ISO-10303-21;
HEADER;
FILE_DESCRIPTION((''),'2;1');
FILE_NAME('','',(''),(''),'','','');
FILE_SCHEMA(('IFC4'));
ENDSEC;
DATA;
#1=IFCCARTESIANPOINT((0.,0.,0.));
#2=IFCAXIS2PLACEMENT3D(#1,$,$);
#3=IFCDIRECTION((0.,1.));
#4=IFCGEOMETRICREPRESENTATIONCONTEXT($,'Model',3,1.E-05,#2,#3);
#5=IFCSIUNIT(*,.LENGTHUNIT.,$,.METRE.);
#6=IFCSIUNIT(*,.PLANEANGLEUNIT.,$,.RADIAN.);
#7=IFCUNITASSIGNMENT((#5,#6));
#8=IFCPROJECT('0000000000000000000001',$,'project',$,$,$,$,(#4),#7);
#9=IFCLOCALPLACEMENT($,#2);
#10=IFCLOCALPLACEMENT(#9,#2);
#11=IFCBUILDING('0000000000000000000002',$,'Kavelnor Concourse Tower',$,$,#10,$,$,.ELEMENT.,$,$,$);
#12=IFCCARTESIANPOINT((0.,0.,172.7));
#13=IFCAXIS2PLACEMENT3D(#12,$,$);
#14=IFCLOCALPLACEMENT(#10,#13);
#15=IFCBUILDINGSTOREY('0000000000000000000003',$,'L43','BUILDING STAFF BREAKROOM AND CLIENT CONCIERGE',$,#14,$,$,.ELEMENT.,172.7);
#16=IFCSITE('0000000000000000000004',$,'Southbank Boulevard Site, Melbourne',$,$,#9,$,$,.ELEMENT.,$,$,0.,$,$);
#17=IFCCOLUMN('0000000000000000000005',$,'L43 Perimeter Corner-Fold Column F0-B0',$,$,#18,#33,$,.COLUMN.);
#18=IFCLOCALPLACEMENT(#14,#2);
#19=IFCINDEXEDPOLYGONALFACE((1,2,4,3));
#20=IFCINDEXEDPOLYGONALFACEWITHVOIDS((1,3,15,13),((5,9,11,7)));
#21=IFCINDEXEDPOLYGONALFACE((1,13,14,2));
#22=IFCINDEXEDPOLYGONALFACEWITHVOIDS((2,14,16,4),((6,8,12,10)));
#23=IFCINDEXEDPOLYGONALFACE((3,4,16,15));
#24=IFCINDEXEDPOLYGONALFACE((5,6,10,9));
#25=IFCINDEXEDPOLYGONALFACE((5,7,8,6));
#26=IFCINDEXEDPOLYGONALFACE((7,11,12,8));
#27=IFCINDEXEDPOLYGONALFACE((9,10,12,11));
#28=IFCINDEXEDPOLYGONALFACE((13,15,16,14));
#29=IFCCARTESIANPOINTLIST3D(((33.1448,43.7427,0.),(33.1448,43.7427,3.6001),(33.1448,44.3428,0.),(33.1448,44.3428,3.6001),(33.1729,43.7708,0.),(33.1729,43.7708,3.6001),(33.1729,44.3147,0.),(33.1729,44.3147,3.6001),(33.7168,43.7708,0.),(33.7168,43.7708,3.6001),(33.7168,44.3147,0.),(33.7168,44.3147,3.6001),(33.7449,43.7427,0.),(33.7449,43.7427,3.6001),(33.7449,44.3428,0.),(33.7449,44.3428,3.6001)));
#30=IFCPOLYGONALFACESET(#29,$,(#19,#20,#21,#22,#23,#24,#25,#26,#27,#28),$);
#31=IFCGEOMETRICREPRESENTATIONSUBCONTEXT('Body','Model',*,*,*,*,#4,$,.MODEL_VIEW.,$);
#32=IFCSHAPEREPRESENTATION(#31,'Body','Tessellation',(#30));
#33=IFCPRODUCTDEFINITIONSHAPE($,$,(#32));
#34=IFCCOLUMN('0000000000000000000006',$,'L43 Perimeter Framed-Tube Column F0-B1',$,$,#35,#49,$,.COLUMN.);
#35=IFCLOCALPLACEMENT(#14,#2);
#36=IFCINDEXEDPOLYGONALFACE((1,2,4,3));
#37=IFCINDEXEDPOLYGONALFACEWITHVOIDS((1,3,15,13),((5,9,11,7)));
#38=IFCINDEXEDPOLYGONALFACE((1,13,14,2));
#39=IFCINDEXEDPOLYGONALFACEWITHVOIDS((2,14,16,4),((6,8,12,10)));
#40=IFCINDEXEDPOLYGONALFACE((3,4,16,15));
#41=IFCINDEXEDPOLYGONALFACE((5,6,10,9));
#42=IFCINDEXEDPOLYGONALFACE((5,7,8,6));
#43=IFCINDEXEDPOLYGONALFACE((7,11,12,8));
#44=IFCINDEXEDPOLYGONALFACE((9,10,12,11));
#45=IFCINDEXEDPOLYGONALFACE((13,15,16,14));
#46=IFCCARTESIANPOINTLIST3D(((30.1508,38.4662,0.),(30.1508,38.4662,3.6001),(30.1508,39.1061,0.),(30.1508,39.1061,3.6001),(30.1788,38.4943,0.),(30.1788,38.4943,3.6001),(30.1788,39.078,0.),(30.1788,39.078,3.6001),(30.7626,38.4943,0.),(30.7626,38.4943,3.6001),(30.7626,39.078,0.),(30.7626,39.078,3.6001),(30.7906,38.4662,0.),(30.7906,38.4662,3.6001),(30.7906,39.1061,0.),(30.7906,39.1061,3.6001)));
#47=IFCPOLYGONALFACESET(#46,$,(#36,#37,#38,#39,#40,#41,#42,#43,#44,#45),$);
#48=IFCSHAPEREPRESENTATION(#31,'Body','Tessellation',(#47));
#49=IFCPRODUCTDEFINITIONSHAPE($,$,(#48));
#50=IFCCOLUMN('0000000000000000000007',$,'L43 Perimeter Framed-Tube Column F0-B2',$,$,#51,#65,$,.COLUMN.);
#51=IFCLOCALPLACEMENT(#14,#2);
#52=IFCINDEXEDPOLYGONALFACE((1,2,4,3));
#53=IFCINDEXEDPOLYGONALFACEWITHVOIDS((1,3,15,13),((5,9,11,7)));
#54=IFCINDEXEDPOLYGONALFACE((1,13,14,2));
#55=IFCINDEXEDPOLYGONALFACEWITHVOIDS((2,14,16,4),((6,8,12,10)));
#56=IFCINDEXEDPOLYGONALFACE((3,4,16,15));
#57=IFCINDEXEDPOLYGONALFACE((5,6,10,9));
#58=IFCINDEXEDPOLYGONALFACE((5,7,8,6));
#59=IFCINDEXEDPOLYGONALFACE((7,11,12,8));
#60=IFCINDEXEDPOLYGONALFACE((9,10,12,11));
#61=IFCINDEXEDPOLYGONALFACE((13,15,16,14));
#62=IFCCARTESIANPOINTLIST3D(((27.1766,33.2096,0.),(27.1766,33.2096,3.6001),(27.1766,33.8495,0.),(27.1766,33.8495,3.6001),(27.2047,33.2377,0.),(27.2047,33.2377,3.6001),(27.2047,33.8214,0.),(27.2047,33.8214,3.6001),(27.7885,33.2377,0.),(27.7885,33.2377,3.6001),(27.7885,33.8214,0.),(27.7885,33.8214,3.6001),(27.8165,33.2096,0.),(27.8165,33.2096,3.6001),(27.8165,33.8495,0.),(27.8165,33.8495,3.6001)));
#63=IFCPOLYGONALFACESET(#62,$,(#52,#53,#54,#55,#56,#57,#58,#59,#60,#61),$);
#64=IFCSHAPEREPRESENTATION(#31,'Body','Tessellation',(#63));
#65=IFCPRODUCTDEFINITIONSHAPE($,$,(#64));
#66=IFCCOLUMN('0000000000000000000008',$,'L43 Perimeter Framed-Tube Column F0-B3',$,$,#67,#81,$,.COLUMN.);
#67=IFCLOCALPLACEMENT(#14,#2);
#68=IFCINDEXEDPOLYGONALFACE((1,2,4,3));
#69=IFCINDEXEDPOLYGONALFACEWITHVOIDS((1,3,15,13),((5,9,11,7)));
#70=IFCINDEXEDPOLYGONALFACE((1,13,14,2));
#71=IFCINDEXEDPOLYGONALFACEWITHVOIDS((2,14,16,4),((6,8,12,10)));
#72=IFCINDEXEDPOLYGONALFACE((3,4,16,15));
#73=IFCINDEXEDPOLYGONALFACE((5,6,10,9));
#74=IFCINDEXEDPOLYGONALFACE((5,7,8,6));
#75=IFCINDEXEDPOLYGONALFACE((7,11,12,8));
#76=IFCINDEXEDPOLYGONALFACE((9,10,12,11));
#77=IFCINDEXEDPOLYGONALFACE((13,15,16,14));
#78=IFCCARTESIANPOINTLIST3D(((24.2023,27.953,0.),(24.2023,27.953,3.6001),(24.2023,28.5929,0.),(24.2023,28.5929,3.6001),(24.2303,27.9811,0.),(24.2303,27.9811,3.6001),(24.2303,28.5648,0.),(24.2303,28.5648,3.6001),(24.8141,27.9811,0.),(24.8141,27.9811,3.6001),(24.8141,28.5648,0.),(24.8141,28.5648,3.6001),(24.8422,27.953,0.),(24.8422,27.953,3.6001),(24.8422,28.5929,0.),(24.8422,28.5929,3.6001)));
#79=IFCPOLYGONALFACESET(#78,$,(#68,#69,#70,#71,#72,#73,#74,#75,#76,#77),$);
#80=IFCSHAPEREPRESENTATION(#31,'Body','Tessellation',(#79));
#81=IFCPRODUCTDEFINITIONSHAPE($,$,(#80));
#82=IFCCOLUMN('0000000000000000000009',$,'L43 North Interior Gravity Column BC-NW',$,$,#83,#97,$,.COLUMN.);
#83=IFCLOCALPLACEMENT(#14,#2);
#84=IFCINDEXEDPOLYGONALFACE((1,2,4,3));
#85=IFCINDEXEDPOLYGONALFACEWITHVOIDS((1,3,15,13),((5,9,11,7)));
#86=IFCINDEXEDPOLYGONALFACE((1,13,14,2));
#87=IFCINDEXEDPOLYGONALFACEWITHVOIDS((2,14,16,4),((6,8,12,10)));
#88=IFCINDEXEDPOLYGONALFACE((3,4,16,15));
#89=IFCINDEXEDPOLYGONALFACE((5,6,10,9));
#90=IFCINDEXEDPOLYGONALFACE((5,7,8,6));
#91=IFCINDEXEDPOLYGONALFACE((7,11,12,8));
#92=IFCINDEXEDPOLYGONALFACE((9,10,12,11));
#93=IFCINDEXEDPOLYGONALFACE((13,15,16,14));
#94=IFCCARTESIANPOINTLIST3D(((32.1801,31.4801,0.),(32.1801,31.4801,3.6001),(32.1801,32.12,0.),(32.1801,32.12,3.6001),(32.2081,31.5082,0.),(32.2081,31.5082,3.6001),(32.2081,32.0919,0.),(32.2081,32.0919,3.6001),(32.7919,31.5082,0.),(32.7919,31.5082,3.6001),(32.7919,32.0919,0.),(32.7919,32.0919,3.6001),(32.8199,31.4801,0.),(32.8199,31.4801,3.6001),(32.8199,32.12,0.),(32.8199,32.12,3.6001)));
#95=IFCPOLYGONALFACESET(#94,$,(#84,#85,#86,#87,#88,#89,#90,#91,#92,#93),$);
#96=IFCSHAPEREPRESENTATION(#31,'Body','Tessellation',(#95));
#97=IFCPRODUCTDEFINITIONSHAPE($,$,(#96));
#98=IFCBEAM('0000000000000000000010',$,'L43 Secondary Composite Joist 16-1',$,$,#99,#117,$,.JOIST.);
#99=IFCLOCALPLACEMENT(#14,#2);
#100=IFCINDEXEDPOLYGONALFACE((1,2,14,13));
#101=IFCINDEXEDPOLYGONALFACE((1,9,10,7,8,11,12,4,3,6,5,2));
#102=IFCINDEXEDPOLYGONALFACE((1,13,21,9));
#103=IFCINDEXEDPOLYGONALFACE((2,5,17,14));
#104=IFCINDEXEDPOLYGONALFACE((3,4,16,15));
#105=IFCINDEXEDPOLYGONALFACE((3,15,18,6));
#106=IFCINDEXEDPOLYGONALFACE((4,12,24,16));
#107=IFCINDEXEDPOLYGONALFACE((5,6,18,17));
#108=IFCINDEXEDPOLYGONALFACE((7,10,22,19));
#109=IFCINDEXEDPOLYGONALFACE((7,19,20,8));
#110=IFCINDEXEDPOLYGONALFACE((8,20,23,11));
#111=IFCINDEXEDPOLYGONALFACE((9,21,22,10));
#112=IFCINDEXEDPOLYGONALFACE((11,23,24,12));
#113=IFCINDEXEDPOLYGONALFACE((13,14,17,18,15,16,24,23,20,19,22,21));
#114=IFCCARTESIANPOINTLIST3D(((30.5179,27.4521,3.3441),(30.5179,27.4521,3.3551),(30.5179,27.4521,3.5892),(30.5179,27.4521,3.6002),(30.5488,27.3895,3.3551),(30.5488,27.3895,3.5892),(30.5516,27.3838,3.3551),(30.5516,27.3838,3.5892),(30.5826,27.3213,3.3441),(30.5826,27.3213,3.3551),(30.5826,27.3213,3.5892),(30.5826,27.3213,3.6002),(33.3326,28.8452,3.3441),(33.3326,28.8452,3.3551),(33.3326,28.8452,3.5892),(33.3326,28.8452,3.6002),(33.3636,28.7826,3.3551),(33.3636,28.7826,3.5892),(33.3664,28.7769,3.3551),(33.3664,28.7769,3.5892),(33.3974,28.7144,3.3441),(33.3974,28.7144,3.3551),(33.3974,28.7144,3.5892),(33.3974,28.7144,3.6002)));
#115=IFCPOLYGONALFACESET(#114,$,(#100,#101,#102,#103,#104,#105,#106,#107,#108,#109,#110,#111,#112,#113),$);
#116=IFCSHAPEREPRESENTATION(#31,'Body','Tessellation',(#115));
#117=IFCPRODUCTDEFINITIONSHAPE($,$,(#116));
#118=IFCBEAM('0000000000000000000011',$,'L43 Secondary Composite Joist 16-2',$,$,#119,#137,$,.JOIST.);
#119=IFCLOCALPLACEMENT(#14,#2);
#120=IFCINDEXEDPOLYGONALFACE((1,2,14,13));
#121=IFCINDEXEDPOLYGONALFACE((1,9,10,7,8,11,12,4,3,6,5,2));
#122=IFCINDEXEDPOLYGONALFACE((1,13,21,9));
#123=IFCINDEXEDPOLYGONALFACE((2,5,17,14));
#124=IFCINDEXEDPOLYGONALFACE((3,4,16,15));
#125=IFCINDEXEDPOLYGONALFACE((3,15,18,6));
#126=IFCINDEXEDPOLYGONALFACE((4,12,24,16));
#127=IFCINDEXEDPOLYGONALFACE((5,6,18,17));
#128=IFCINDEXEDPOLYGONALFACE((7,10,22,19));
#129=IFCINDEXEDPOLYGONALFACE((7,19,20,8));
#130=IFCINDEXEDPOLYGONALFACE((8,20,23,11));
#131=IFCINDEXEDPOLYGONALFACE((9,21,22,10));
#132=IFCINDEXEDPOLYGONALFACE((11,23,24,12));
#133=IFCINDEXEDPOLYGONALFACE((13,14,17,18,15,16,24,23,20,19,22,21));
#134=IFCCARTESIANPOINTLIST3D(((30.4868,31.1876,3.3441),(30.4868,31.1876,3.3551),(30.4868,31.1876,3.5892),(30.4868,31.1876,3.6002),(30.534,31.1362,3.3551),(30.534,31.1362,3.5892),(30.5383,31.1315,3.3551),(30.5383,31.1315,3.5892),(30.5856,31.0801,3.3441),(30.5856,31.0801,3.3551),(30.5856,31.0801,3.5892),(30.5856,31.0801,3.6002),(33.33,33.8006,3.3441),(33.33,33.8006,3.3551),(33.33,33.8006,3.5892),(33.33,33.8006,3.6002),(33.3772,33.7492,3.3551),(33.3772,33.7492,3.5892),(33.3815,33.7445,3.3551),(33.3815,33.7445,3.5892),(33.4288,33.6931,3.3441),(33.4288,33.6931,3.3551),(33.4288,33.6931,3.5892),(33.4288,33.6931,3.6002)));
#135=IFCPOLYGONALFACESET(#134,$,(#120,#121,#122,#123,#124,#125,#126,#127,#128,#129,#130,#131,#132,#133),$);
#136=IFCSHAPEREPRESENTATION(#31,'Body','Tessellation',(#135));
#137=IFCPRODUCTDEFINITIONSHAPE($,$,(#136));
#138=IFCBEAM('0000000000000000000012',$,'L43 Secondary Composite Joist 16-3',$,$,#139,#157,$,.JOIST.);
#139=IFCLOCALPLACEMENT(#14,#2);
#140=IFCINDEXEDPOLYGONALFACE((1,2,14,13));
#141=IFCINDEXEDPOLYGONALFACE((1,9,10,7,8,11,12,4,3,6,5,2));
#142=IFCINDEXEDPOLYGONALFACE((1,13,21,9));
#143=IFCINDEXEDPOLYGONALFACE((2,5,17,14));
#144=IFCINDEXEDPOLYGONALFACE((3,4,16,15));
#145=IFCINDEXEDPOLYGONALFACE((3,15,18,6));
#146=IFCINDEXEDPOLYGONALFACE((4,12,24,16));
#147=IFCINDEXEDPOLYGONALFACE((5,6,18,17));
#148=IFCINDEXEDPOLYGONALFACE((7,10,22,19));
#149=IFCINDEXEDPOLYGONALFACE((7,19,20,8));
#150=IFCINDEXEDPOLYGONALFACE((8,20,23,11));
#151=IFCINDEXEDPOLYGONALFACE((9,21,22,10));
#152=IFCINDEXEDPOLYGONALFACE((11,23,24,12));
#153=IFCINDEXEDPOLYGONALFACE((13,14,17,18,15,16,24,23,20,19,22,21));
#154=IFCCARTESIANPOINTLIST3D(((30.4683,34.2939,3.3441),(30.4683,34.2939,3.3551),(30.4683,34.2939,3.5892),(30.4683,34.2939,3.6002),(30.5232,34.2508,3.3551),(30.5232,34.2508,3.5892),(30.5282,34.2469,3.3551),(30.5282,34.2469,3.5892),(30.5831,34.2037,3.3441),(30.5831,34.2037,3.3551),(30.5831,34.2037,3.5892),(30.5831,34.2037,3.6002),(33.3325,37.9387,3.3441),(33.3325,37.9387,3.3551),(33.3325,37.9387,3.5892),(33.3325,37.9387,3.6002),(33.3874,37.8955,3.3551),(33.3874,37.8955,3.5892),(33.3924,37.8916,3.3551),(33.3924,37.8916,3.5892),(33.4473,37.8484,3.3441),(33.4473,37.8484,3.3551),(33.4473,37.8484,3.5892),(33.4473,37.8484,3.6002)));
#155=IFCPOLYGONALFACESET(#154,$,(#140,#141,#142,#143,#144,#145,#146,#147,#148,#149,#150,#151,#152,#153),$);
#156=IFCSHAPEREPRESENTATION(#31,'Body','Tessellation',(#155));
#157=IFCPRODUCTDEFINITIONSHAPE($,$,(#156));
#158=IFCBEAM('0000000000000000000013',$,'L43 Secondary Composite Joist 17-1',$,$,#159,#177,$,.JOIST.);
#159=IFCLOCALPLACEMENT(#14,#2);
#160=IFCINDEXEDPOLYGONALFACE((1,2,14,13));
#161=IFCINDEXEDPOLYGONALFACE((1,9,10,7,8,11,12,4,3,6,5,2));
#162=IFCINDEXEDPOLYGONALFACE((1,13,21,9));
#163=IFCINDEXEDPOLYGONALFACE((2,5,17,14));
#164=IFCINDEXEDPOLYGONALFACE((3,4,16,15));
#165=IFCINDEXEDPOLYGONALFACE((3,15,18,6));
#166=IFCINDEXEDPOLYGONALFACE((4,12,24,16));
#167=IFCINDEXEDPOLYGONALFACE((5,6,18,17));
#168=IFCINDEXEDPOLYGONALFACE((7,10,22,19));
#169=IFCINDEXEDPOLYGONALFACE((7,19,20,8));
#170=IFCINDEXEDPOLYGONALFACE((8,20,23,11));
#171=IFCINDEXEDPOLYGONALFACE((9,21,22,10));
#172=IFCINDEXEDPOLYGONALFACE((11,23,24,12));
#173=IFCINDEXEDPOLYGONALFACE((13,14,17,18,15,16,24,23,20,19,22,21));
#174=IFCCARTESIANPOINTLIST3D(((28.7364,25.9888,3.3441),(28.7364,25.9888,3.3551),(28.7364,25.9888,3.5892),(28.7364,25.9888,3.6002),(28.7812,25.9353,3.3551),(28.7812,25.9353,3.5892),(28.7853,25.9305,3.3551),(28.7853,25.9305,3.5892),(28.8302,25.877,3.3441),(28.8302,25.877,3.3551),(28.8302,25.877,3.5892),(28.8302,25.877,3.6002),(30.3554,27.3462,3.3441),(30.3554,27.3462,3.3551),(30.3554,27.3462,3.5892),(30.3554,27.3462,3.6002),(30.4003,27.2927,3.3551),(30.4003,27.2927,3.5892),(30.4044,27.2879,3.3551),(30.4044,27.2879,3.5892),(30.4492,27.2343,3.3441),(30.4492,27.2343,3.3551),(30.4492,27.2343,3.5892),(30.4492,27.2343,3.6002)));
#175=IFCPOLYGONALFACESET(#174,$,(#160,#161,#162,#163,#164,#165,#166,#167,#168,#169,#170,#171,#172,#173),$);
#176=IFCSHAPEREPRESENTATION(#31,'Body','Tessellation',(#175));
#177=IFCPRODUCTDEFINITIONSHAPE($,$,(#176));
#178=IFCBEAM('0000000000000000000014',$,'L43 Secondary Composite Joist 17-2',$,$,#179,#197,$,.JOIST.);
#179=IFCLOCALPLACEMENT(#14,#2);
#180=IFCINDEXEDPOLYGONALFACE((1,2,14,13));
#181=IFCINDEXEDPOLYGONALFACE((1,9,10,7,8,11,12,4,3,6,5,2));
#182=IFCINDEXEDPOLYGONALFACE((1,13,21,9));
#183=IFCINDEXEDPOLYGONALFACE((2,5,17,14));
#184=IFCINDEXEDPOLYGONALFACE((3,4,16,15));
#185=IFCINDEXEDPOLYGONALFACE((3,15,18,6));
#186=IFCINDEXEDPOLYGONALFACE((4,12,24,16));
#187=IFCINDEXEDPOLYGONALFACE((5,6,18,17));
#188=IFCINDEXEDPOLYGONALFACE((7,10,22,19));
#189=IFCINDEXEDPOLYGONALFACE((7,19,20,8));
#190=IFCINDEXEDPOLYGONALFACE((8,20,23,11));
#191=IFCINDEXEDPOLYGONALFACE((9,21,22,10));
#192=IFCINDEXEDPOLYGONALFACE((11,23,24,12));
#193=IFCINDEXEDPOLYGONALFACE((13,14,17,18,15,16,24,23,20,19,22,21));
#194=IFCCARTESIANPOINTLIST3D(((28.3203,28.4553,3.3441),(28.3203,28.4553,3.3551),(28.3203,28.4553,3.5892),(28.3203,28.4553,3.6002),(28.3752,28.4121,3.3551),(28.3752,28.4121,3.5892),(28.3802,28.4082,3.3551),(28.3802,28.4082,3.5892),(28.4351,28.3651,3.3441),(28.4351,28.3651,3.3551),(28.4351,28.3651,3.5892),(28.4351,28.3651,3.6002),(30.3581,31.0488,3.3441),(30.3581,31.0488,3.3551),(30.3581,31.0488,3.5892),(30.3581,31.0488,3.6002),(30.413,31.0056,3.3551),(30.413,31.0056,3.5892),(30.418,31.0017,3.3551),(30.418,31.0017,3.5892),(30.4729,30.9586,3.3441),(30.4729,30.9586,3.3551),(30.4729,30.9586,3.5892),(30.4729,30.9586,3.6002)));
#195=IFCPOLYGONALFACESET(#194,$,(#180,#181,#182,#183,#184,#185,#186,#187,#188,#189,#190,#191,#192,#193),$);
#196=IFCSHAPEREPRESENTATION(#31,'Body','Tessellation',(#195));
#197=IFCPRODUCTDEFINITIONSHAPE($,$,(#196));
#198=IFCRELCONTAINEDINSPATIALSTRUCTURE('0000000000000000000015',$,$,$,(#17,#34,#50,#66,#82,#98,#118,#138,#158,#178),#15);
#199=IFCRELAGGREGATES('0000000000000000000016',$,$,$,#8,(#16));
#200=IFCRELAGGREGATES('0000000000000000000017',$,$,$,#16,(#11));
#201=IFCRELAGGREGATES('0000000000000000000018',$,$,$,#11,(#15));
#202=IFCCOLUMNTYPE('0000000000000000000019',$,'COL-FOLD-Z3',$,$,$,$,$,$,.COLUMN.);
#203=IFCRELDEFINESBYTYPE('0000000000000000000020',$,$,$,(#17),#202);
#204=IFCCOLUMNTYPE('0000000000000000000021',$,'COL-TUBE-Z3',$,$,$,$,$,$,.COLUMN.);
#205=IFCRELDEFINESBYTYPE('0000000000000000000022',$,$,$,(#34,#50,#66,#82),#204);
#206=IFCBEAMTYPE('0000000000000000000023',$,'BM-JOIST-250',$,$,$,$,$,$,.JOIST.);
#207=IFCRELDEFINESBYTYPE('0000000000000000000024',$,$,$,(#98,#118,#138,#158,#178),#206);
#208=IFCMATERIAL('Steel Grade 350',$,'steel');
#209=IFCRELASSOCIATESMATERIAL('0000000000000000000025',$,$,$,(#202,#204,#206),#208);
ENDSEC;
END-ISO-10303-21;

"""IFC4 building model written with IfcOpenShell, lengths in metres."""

from ifc_helpers import new_model, si_unit, direction, frame, origin, origin_2d, place, context, subcontext, project, spatial, hollow_rectangle, i_section, extrude, material, material_profile, profile_set, type_object, element, save


model = new_model("IFC4")

# Units and contexts
model_context = context("Model", 3, precision=1e-05, world=origin(), true_north=direction((0.0, 1.0)))
body_context = subcontext(model_context, "Body", "Model", "MODEL_VIEW")
ifc_project = project(units=[si_unit("LENGTHUNIT", "METRE"), si_unit("PLANEANGLEUNIT", "RADIAN")], contexts=[model_context])

# Site, building, storey
site_placement = place(None, origin())
site = spatial("IfcSite", under=ifc_project, at=site_placement, Name="Southbank Boulevard Site, Melbourne", CompositionType="ELEMENT", RefElevation=0.0)
building_placement = place(site_placement, origin())
building = spatial("IfcBuilding", under=site, at=building_placement, Name="Kavelnor Concourse Tower", CompositionType="ELEMENT")
storey_placement = place(building_placement, frame((0.0, 0.0, 172.7)))
storey = spatial("IfcBuildingStorey", under=building, at=storey_placement, Name="L43", Description="BUILDING STAFF BREAKROOM AND CLIENT CONCIERGE", CompositionType="ELEMENT", Elevation=172.7)

# Columns
ifc_material_1 = material(Name="Steel Grade 350", Category="steel")
ifc_material_profile_1 = material_profile(ifc_material_1, hollow_rectangle(XDim=0.6001, YDim=0.6001, WallThickness=0.0281, at=origin_2d()), Name="SHS 600x600x28")
ifc_profile_set_1 = profile_set([ifc_material_profile_1], Name="Steel Grade 350")
column_type_1 = type_object("IfcColumnType", Name="COL-FOLD-Z3", PredefinedType="COLUMN", material=ifc_profile_set_1)
column_placement = place(storey_placement, frame((33.4448, 44.0427, 0.0), z_axis=(0.0, 0.0, 1.0), x_axis=(1.0, 0.0, 0.0)))
element("IfcColumn", 1, at=column_placement, inside=storey, type_object=column_type_1, Name="L43 Perimeter Corner-Fold Column F0-B0", PredefinedType="COLUMN", context=body_context, shape_type="SweptSolid", body=[
    extrude(hollow_rectangle(XDim=0.6001, YDim=0.6001, WallThickness=0.0281, at=origin_2d()), origin(), (0.0, 0.0, 1.0), 3.6001),
])
ifc_material_profile_2 = material_profile(ifc_material_1, hollow_rectangle(XDim=0.6399, YDim=0.6399, WallThickness=0.0281, at=origin_2d()), Name="SHS 640x640x28")
ifc_profile_set_2 = profile_set([ifc_material_profile_2], Name="Steel Grade 350")
column_type_2 = type_object("IfcColumnType", Name="COL-TUBE-Z3", PredefinedType="COLUMN", material=ifc_profile_set_2)
for number, where, z_axis, x_axis, name in (
    (2, (30.4707, 38.7861, 0.0), (0.0, 0.0, 1.0), (1.0, 0.0, 0.0), "L43 Perimeter Framed-Tube Column F0-B1"),
    (3, (27.4966, 33.5295, 0.0), (0.0, 0.0, 1.0), (1.0, 0.0, 0.0), "L43 Perimeter Framed-Tube Column F0-B2"),
    (4, (24.5222, 28.2729, 0.0), (0.0, 0.0, 1.0), (1.0, 0.0, 0.0), "L43 Perimeter Framed-Tube Column F0-B3"),
    (5, (32.5, 31.8, 0.0), (0.0, 0.0, 1.0), (1.0, 0.0, 0.0), "L43 North Interior Gravity Column BC-NW"),
):
    element("IfcColumn", number, at=place(storey_placement, frame(where, z_axis=z_axis, x_axis=x_axis)), inside=storey, type_object=column_type_2, Name=name, PredefinedType="COLUMN", context=body_context, shape_type="SweptSolid", body=[
        extrude(hollow_rectangle(XDim=0.6399, YDim=0.6399, WallThickness=0.0281, at=origin_2d()), origin(), (0.0, 0.0, 1.0), 3.6001),
    ])

# Beams
ifc_material_profile_3 = material_profile(ifc_material_1, i_section(OverallWidth=0.146, OverallDepth=0.2561, WebThickness=0.0063, FlangeThickness=0.011, at=origin_2d()), Name="250UB37")
ifc_profile_set_3 = profile_set([ifc_material_profile_3], Name="Steel Grade 350")
beam_type_1 = type_object("IfcBeamType", Name="BM-JOIST-250", PredefinedType="JOIST", material=ifc_profile_set_3)
beam_1_placement = place(storey_placement, frame((33.365, 28.7798, 3.4722), z_axis=(-0.896239, -0.443572, 0.0), x_axis=(0.443572, -0.896239, 0.0)))
element("IfcBeam", 6, at=beam_1_placement, inside=storey, type_object=beam_type_1, Name="L43 Secondary Composite Joist 16-1", PredefinedType="JOIST", context=body_context, shape_type="SweptSolid", body=[
    extrude(i_section(OverallWidth=0.146, OverallDepth=0.2561, WebThickness=0.0063, FlangeThickness=0.011, at=origin_2d()), origin(), (0.0, 0.0, 1.0), 3.1406),
])
beam_2_placement = place(storey_placement, frame((33.3794, 33.7468, 3.4722), z_axis=(-0.736288, -0.676669, 0.0), x_axis=(0.676669, -0.736288, 0.0)))
element("IfcBeam", 7, at=beam_2_placement, inside=storey, type_object=beam_type_1, Name="L43 Secondary Composite Joist 16-2", PredefinedType="JOIST", context=body_context, shape_type="SweptSolid", body=[
    extrude(i_section(OverallWidth=0.146, OverallDepth=0.2561, WebThickness=0.0063, FlangeThickness=0.011, at=origin_2d()), origin(), (0.0, 0.0, 1.0), 3.8616),
])
beam_3_placement = place(storey_placement, frame((33.3899, 37.8936, 3.4722), z_axis=(-0.617889, -0.786265, 0.0), x_axis=(0.786265, -0.617889, 0.0)))
element("IfcBeam", 8, at=beam_3_placement, inside=storey, type_object=beam_type_1, Name="L43 Secondary Composite Joist 16-3", PredefinedType="JOIST", context=body_context, shape_type="SweptSolid", body=[
    extrude(i_section(OverallWidth=0.146, OverallDepth=0.2561, WebThickness=0.0063, FlangeThickness=0.011, at=origin_2d()), origin(), (0.0, 0.0, 1.0), 4.6355),
])
beam_4_placement = place(storey_placement, frame((30.4023, 27.2903, 3.4722), z_axis=(-0.766324, -0.642455, 0.0), x_axis=(0.642455, -0.766324, 0.0)))
element("IfcBeam", 9, at=beam_4_placement, inside=storey, type_object=beam_type_1, Name="L43 Secondary Composite Joist 17-1", PredefinedType="JOIST", context=body_context, shape_type="SweptSolid", body=[
    extrude(i_section(OverallWidth=0.146, OverallDepth=0.2561, WebThickness=0.0063, FlangeThickness=0.011, at=origin_2d()), origin(), (0.0, 0.0, 1.0), 2.1128),
])
beam_5_placement = place(storey_placement, frame((30.4155, 31.0037, 3.4722), z_axis=(-0.617838, -0.786305, 0.0), x_axis=(0.786305, -0.617838, 0.0)))
element("IfcBeam", 10, at=beam_5_placement, inside=storey, type_object=beam_type_1, Name="L43 Secondary Composite Joist 17-2", PredefinedType="JOIST", context=body_context, shape_type="SweptSolid", body=[
    extrude(i_section(OverallWidth=0.146, OverallDepth=0.2561, WebThickness=0.0063, FlangeThickness=0.011, at=origin_2d()), origin(), (0.0, 0.0, 1.0), 3.2983),
])

save(model, "model.ifc")
